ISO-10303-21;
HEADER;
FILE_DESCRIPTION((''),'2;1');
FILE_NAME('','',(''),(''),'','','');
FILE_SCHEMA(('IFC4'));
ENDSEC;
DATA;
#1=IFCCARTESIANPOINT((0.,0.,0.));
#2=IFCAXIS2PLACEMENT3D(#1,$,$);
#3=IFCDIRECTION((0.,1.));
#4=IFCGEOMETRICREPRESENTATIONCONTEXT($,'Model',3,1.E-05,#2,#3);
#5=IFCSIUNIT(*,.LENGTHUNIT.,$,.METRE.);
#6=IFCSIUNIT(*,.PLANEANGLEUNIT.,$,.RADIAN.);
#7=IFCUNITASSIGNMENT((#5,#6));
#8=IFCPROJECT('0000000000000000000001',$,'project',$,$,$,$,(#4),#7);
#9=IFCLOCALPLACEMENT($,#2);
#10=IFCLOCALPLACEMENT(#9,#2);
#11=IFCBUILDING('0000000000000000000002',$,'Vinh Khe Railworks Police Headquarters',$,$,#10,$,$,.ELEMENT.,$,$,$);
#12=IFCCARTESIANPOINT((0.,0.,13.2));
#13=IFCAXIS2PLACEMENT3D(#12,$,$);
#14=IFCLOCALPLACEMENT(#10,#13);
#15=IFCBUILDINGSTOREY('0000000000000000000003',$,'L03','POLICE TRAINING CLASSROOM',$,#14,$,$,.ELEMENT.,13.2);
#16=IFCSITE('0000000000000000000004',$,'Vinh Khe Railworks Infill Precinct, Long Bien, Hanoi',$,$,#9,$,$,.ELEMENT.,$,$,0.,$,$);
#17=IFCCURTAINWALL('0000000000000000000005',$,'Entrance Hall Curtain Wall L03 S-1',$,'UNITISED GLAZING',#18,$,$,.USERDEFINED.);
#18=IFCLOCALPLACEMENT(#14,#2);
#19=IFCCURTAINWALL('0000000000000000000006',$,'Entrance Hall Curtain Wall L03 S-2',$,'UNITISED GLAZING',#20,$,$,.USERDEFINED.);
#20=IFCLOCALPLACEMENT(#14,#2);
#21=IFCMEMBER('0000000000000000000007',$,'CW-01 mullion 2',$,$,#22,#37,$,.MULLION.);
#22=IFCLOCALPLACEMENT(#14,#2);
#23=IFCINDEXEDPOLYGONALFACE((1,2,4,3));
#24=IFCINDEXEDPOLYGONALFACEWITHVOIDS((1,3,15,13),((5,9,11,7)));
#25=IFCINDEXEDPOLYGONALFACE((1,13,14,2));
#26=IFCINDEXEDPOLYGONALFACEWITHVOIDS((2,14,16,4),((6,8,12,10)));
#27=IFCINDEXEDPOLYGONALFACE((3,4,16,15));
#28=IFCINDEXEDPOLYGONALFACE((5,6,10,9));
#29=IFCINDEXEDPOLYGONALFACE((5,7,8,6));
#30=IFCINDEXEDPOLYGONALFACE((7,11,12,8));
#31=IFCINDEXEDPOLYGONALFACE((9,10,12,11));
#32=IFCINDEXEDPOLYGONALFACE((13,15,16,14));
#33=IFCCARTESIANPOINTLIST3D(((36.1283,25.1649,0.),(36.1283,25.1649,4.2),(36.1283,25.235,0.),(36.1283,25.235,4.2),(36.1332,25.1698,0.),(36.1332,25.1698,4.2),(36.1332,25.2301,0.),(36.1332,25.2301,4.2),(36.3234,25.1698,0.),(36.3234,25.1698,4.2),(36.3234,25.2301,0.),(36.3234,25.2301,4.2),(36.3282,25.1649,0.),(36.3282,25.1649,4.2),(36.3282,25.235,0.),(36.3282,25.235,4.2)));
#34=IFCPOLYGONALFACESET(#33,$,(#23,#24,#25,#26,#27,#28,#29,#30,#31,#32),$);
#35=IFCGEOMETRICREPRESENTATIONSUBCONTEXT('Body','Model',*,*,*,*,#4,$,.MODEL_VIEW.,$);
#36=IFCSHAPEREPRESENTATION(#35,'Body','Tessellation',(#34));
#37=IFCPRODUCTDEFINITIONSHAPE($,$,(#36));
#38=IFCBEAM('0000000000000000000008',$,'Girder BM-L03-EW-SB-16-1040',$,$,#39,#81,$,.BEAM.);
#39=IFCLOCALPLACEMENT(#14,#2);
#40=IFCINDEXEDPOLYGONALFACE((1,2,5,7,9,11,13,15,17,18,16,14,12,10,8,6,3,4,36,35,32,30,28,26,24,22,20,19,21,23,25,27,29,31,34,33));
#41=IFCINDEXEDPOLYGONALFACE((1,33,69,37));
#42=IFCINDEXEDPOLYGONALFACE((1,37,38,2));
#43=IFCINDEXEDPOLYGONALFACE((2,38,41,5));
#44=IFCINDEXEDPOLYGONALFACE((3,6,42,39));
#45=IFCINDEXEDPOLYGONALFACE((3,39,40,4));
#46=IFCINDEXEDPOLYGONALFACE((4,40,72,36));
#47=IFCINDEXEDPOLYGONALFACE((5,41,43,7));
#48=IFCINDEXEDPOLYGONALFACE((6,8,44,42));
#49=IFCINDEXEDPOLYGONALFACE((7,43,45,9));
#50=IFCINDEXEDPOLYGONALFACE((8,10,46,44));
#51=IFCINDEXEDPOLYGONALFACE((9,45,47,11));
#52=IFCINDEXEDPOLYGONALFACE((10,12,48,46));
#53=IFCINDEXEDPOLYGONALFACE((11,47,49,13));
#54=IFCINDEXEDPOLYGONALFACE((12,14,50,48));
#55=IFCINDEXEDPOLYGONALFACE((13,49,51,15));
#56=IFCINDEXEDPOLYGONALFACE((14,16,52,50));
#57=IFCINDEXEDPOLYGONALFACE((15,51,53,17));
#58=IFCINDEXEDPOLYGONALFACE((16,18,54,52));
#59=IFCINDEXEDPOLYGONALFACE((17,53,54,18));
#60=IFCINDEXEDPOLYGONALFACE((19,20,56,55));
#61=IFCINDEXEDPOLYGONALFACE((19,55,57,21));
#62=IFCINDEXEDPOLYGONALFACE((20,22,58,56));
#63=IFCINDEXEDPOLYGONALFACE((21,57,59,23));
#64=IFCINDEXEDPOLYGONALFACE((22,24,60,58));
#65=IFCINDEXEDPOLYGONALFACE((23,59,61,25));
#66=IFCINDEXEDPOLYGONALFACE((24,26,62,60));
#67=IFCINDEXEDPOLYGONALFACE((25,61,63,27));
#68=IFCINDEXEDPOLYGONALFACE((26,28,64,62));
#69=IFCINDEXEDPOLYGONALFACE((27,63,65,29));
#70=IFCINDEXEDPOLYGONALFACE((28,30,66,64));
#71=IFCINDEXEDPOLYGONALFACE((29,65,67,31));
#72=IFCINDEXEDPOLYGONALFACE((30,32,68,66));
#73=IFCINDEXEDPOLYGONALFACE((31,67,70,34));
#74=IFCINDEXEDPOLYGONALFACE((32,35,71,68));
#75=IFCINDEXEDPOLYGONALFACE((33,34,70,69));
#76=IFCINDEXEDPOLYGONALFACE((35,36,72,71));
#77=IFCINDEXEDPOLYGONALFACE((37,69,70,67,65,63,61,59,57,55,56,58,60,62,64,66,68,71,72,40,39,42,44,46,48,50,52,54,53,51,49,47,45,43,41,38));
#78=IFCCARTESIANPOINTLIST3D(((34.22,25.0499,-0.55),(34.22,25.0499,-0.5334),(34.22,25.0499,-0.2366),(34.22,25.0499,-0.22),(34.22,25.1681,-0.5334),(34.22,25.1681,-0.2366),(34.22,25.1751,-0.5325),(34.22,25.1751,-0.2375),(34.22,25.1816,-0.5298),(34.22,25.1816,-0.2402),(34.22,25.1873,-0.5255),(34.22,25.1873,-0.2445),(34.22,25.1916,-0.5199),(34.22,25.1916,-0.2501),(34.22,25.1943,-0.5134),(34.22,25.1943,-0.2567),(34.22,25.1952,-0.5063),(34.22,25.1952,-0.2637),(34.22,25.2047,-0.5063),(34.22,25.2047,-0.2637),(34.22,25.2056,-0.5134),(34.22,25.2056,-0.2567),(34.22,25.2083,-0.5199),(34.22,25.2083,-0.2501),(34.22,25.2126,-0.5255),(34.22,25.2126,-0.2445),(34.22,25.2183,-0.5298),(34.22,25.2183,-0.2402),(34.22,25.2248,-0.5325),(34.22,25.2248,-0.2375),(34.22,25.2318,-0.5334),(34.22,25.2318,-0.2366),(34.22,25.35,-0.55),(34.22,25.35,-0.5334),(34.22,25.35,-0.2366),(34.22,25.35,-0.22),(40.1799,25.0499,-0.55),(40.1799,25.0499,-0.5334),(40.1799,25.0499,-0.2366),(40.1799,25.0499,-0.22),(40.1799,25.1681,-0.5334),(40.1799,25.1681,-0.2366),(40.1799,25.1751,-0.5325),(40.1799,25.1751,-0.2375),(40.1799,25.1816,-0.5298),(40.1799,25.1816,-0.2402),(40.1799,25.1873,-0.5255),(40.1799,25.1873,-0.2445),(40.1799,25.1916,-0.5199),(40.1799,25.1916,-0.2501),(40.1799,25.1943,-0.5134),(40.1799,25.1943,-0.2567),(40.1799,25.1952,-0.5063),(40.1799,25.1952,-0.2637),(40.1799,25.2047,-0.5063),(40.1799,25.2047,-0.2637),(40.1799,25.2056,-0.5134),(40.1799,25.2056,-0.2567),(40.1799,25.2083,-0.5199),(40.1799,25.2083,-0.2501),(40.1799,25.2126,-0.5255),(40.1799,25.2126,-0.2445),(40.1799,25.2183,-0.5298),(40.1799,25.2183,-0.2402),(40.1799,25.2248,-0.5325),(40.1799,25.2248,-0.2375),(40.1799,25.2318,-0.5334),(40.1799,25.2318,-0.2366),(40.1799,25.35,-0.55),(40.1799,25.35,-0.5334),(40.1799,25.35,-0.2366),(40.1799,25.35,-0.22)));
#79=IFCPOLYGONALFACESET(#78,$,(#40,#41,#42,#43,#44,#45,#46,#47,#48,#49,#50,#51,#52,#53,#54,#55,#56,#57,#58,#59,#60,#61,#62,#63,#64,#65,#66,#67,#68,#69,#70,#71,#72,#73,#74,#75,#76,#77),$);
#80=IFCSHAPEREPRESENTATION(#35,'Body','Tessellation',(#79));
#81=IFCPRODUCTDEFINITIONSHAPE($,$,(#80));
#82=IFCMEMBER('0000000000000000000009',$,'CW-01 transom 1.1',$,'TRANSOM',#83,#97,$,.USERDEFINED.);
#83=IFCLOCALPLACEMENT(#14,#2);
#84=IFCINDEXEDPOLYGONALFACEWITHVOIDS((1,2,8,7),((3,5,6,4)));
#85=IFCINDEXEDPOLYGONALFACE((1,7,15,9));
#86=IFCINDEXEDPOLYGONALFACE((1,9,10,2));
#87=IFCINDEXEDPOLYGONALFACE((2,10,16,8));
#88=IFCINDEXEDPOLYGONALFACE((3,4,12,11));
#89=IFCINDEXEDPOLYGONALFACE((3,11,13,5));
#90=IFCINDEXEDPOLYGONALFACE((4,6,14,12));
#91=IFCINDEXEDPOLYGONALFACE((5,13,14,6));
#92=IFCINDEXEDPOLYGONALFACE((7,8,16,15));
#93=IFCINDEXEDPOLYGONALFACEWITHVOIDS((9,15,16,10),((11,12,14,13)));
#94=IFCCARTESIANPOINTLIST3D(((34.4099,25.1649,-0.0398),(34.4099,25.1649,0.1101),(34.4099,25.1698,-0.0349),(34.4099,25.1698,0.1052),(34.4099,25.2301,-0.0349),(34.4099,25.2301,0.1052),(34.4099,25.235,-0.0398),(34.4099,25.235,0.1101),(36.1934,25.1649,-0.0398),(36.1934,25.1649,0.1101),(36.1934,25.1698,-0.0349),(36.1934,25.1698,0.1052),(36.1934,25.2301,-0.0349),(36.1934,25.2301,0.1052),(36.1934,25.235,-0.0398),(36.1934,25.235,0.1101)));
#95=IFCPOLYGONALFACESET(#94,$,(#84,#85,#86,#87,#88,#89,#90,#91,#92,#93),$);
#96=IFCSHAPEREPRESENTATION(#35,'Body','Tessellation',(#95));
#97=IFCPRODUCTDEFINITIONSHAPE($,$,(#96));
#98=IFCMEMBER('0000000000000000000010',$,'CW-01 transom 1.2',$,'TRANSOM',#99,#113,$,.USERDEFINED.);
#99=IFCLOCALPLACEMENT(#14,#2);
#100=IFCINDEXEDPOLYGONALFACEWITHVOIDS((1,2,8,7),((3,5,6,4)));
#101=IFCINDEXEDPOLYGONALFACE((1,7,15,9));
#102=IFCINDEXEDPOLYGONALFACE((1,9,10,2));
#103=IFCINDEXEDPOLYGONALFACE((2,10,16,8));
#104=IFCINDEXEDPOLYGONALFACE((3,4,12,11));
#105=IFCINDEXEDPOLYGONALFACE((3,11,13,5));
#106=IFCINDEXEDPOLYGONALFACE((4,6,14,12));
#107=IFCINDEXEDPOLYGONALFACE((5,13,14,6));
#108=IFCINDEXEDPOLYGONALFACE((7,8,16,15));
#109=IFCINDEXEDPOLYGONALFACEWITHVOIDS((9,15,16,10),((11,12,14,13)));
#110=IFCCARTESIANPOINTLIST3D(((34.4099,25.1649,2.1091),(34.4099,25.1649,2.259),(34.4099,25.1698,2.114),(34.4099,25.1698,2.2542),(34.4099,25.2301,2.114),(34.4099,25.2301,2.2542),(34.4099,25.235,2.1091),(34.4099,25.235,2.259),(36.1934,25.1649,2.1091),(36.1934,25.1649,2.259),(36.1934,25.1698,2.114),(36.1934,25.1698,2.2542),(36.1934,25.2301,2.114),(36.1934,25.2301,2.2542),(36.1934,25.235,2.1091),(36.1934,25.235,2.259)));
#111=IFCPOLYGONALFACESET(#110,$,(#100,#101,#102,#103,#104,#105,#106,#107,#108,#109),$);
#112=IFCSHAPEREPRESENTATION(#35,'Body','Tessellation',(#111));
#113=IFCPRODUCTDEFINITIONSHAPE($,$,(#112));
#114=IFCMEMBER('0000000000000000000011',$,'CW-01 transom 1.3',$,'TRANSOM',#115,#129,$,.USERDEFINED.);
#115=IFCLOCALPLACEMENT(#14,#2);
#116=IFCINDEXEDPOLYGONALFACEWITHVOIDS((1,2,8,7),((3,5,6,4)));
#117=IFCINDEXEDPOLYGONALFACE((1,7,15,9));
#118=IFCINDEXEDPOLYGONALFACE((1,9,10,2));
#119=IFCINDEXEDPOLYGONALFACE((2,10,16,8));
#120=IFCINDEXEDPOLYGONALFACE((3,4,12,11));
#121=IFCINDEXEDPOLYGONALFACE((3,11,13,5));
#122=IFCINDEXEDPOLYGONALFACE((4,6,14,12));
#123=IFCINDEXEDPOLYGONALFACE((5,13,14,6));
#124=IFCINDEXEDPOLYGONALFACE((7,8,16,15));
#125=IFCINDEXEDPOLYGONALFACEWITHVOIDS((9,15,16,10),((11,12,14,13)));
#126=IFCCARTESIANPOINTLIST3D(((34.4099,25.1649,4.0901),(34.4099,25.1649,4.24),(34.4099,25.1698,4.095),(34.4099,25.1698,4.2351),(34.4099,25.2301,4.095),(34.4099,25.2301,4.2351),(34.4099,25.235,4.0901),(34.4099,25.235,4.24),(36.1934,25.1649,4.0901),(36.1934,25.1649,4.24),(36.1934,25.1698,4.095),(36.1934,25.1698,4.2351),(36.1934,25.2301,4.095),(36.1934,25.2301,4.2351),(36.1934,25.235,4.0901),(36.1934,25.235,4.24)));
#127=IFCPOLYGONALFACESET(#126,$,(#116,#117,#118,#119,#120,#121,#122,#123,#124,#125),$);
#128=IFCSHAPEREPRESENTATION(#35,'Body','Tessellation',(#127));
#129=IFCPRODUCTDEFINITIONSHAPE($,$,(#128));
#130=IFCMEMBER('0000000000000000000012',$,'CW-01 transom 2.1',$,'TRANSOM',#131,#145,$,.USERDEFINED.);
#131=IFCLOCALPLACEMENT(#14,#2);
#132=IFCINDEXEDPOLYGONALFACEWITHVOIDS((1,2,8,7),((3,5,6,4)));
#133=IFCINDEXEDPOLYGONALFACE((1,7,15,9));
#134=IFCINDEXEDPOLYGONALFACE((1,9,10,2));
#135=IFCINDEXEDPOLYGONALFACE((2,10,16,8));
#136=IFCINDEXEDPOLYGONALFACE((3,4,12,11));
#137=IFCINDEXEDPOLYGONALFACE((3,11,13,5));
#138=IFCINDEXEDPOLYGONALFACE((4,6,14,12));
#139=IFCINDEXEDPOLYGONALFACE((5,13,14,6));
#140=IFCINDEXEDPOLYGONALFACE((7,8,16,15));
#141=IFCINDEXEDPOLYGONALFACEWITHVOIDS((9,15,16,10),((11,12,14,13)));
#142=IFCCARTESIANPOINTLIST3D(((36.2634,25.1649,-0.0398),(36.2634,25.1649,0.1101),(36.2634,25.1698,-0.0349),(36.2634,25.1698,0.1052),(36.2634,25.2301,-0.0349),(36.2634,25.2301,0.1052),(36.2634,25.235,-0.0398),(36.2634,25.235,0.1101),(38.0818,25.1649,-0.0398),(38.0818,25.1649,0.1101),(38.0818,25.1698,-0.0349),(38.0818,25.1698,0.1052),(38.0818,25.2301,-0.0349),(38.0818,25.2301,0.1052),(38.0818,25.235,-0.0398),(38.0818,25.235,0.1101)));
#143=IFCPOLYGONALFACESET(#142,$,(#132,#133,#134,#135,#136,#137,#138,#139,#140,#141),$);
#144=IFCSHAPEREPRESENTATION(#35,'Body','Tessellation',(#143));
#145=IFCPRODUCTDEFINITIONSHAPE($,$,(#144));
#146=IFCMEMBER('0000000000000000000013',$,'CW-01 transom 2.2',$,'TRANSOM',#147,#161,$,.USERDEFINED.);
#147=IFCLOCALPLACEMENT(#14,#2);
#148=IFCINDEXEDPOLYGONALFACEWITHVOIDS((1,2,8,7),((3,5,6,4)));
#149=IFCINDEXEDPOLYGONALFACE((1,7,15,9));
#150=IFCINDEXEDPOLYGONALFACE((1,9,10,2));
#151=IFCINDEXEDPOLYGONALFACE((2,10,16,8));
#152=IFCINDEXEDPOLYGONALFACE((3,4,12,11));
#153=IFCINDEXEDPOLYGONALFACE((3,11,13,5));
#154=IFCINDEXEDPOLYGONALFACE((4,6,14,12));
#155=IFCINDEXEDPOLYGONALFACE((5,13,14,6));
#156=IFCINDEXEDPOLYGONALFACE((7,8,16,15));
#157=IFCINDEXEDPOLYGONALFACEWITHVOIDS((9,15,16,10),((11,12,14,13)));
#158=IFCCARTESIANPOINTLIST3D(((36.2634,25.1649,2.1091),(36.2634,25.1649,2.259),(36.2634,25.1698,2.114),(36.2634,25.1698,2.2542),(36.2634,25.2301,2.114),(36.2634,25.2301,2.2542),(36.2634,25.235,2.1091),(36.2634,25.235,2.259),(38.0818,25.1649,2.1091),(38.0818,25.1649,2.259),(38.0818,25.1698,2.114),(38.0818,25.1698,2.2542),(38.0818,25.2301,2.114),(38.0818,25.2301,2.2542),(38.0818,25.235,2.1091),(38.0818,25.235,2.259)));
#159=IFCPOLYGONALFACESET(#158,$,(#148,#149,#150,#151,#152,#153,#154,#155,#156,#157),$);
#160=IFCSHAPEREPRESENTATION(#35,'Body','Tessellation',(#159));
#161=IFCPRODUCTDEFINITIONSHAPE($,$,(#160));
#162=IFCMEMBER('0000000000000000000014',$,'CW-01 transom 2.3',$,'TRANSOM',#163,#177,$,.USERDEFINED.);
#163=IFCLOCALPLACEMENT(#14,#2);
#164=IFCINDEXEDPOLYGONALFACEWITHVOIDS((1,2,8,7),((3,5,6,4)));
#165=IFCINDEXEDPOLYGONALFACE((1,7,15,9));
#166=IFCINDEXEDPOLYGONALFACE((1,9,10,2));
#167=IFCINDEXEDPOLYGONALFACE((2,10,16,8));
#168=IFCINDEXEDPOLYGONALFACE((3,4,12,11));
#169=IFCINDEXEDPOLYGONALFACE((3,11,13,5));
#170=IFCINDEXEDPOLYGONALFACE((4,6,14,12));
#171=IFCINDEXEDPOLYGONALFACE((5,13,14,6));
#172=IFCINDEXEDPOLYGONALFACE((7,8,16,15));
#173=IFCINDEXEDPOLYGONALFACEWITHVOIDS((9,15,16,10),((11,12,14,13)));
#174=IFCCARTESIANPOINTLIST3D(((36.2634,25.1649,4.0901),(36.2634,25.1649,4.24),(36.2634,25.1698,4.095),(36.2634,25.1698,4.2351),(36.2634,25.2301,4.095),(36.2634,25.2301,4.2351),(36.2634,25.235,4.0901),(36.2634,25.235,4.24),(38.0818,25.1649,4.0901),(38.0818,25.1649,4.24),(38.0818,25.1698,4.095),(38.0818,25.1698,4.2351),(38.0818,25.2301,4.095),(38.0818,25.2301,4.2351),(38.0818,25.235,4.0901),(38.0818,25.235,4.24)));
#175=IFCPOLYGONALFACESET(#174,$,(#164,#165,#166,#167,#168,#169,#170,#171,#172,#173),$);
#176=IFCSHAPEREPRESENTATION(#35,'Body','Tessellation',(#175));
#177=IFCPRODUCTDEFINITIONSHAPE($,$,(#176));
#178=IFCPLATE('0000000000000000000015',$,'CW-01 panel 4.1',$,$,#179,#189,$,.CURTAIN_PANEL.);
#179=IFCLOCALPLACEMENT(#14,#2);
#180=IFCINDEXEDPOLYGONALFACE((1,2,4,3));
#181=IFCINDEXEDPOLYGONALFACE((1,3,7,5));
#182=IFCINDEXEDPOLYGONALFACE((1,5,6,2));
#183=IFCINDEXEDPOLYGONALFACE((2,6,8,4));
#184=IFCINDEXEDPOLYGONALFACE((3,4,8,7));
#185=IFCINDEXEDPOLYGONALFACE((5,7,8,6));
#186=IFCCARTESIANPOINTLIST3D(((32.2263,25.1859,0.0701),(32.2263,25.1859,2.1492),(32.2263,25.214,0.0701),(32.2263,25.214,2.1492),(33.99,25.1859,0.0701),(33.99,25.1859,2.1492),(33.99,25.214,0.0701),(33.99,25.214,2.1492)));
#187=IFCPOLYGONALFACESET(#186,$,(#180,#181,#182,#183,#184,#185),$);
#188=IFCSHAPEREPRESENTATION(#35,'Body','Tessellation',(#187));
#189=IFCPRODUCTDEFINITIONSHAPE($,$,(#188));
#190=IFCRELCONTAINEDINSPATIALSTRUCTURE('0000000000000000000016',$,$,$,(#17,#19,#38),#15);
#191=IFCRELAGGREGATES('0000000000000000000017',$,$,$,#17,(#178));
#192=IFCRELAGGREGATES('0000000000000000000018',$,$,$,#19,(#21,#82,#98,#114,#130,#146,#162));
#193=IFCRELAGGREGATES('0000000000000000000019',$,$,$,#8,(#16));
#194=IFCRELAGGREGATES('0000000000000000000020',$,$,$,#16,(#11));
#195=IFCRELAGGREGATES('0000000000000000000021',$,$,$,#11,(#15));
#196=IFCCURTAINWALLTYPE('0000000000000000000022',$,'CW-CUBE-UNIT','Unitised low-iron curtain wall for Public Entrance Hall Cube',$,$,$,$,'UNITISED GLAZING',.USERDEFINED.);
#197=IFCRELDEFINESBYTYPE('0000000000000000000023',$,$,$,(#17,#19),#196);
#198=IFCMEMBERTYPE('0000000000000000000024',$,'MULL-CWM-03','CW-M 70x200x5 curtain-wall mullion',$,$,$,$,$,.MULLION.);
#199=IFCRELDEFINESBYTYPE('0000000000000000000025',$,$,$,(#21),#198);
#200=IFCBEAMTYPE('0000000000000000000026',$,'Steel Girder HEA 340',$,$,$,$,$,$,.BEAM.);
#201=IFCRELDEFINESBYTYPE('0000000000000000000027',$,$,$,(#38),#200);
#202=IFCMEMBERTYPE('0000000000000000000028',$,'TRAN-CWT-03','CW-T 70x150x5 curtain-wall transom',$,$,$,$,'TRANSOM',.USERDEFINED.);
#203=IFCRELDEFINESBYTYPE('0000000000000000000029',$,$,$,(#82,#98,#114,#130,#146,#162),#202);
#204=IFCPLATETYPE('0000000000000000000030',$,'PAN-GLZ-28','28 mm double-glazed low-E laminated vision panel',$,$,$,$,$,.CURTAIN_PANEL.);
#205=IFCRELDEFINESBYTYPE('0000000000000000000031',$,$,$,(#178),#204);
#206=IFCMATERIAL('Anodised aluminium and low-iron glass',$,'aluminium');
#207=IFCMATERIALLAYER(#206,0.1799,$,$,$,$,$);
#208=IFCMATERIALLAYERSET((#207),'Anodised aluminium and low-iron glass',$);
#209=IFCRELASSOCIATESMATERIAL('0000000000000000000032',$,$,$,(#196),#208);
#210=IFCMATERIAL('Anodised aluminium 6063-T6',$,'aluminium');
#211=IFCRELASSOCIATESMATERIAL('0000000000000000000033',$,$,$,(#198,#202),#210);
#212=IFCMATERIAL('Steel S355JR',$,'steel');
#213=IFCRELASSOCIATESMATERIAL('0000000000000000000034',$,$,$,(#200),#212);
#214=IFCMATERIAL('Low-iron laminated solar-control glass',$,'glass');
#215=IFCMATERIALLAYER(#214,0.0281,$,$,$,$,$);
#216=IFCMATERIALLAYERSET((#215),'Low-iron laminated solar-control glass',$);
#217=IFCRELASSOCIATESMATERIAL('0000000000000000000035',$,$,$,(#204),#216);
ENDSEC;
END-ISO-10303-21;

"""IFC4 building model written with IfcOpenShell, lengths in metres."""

from ifc_helpers import new_model, si_unit, direction, frame, origin, origin_2d, place, context, subcontext, project, spatial, rectangle, hollow_rectangle, i_section, extrude, material, layer, layer_set, material_profile, profile_set, type_object, element, aggregate, save


model = new_model("IFC4")

# Units and contexts
model_context = context("Model", 3, precision=1e-05, world=origin(), true_north=direction((0.0, 1.0)))
body_context = subcontext(model_context, "Body", "Model", "MODEL_VIEW")
ifc_project = project(units=[si_unit("LENGTHUNIT", "METRE"), si_unit("PLANEANGLEUNIT", "RADIAN")], contexts=[model_context])

# Site, building, storey
site_placement = place(None, origin())
site = spatial("IfcSite", under=ifc_project, at=site_placement, Name="Vinh Khe Railworks Infill Precinct, Long Bien, Hanoi", CompositionType="ELEMENT", RefElevation=0.0)
building_placement = place(site_placement, origin())
building = spatial("IfcBuilding", under=site, at=building_placement, Name="Vinh Khe Railworks Police Headquarters", CompositionType="ELEMENT")
storey_placement = place(building_placement, frame((0.0, 0.0, 13.2)))
storey = spatial("IfcBuildingStorey", under=building, at=storey_placement, Name="L03", Description="POLICE TRAINING CLASSROOM", CompositionType="ELEMENT", Elevation=13.2)

# Shared definitions
ifc_material_1 = material(Name="Steel S355JR", Category="steel")

# Curtain wall
ifc_material_2 = material(Name="Anodised aluminium and low-iron glass", Category="aluminium")
ifc_layer_1 = layer(ifc_material_2, 0.1799)
ifc_layer_set_1 = layer_set([ifc_layer_1], Name="Anodised aluminium and low-iron glass")
curtain_wall_type = type_object("IfcCurtainWallType", Name="CW-CUBE-UNIT", Description="Unitised low-iron curtain wall for Public Entrance Hall Cube", ElementType="UNITISED GLAZING", PredefinedType="USERDEFINED", material=ifc_layer_set_1)
curtain_wall_1_placement = place(storey_placement, origin())
curtain_wall_1 = element("IfcCurtainWall", 1, at=curtain_wall_1_placement, inside=storey, type_object=curtain_wall_type, Name="Entrance Hall Curtain Wall L03 S-1", ObjectType="UNITISED GLAZING", PredefinedType="USERDEFINED")
ifc_material_3 = material(Name="Anodised aluminium 6063-T6", Category="aluminium")
ifc_material_profile_1 = material_profile(ifc_material_3, hollow_rectangle(XDim=0.0701, YDim=0.2, WallThickness=0.0049, at=origin_2d()), Name="CW-M 70x200x5")
ifc_profile_set_1 = profile_set([ifc_material_profile_1], Name="Anodised aluminium 6063-T6")
member_type_1 = type_object("IfcMemberType", Name="MULL-CWM-03", Description="CW-M 70x200x5 curtain-wall mullion", PredefinedType="MULLION", material=ifc_profile_set_1)

# Curtain wall, member
curtain_wall_2_placement = place(storey_placement, origin())
curtain_wall_2 = element("IfcCurtainWall", 2, at=curtain_wall_2_placement, inside=storey, type_object=curtain_wall_type, Name="Entrance Hall Curtain Wall L03 S-2", ObjectType="UNITISED GLAZING", PredefinedType="USERDEFINED")
member_1_placement = place(storey_placement, frame((36.2283, 25.2, 0.0), z_axis=(0.0, 0.0, 1.0), x_axis=(0.0, 1.0, 0.0)))
member_1 = element("IfcMember", 3, at=member_1_placement, type_object=member_type_1, Name="CW-01 mullion 2", PredefinedType="MULLION", context=body_context, shape_type="SweptSolid", body=[
    extrude(hollow_rectangle(XDim=0.0701, YDim=0.2, WallThickness=0.0049, at=origin_2d()), origin(), (0.0, 0.0, 1.0), 4.2),
])

# Beam
ifc_material_profile_2 = material_profile(ifc_material_1, i_section(OverallWidth=0.3, OverallDepth=0.3301, WebThickness=0.0095, FlangeThickness=0.0166, FilletRadius=0.0271, at=origin_2d()), Name="HEA 340")
ifc_profile_set_2 = profile_set([ifc_material_profile_2], Name="Steel S355JR")
beam_type = type_object("IfcBeamType", Name="Steel Girder HEA 340", PredefinedType="BEAM", material=ifc_profile_set_2)
beam_placement = place(storey_placement, frame((34.22, 25.2, -0.385), z_axis=(1.0, 0.0, 0.0), x_axis=(0.0, 1.0, 0.0)))
element("IfcBeam", 4, at=beam_placement, inside=storey, type_object=beam_type, Name="Girder BM-L03-EW-SB-16-1040", PredefinedType="BEAM", context=body_context, shape_type="SweptSolid", body=[
    extrude(i_section(OverallWidth=0.3, OverallDepth=0.3301, WebThickness=0.0095, FlangeThickness=0.0166, FilletRadius=0.0271, at=origin_2d()), origin(), (0.0, 0.0, 1.0), 5.96),
])

# Members
ifc_material_profile_3 = material_profile(ifc_material_3, hollow_rectangle(XDim=0.0701, YDim=0.1499, WallThickness=0.0049, at=origin_2d()), Name="CW-T 70x150x5")
ifc_profile_set_3 = profile_set([ifc_material_profile_3], Name="Anodised aluminium 6063-T6")
member_type_2 = type_object("IfcMemberType", Name="TRAN-CWT-03", Description="CW-T 70x150x5 curtain-wall transom", ElementType="TRANSOM", PredefinedType="USERDEFINED", material=ifc_profile_set_3)
member_2_placement = place(storey_placement, frame((34.4099, 25.2, 0.0352), z_axis=(1.0, 0.0, 0.0), x_axis=(0.0, 1.0, 0.0)))
member_2 = element("IfcMember", 5, at=member_2_placement, type_object=member_type_2, Name="CW-01 transom 1.1", ObjectType="TRANSOM", PredefinedType="USERDEFINED", context=body_context, shape_type="SweptSolid", body=[
    extrude(hollow_rectangle(XDim=0.0701, YDim=0.1499, WallThickness=0.0049, at=origin_2d()), origin(), (0.0, 0.0, 1.0), 1.7834),
])
member_3_placement = place(storey_placement, frame((34.4099, 25.2, 2.1841), z_axis=(1.0, 0.0, 0.0), x_axis=(0.0, 1.0, 0.0)))
member_3 = element("IfcMember", 6, at=member_3_placement, type_object=member_type_2, Name="CW-01 transom 1.2", ObjectType="TRANSOM", PredefinedType="USERDEFINED", context=body_context, shape_type="SweptSolid", body=[
    extrude(hollow_rectangle(XDim=0.0701, YDim=0.1499, WallThickness=0.0049, at=origin_2d()), origin(), (0.0, 0.0, 1.0), 1.7834),
])
member_4_placement = place(storey_placement, frame((34.4099, 25.2, 4.165), z_axis=(1.0, 0.0, 0.0), x_axis=(0.0, 1.0, 0.0)))
member_4 = element("IfcMember", 7, at=member_4_placement, type_object=member_type_2, Name="CW-01 transom 1.3", ObjectType="TRANSOM", PredefinedType="USERDEFINED", context=body_context, shape_type="SweptSolid", body=[
    extrude(hollow_rectangle(XDim=0.0701, YDim=0.1499, WallThickness=0.0049, at=origin_2d()), origin(), (0.0, 0.0, 1.0), 1.7834),
])
member_5_placement = place(storey_placement, frame((36.2634, 25.2, 0.0352), z_axis=(1.0, 0.0, 0.0), x_axis=(0.0, 1.0, 0.0)))
member_5 = element("IfcMember", 8, at=member_5_placement, type_object=member_type_2, Name="CW-01 transom 2.1", ObjectType="TRANSOM", PredefinedType="USERDEFINED", context=body_context, shape_type="SweptSolid", body=[
    extrude(hollow_rectangle(XDim=0.0701, YDim=0.1499, WallThickness=0.0049, at=origin_2d()), origin(), (0.0, 0.0, 1.0), 1.8184),
])
member_6_placement = place(storey_placement, frame((36.2634, 25.2, 2.1841), z_axis=(1.0, 0.0, 0.0), x_axis=(0.0, 1.0, 0.0)))
member_6 = element("IfcMember", 9, at=member_6_placement, type_object=member_type_2, Name="CW-01 transom 2.2", ObjectType="TRANSOM", PredefinedType="USERDEFINED", context=body_context, shape_type="SweptSolid", body=[
    extrude(hollow_rectangle(XDim=0.0701, YDim=0.1499, WallThickness=0.0049, at=origin_2d()), origin(), (0.0, 0.0, 1.0), 1.8184),
])
member_7_placement = place(storey_placement, frame((36.2634, 25.2, 4.165), z_axis=(1.0, 0.0, 0.0), x_axis=(0.0, 1.0, 0.0)))
member_7 = element("IfcMember", 10, at=member_7_placement, type_object=member_type_2, Name="CW-01 transom 2.3", ObjectType="TRANSOM", PredefinedType="USERDEFINED", context=body_context, shape_type="SweptSolid", body=[
    extrude(hollow_rectangle(XDim=0.0701, YDim=0.1499, WallThickness=0.0049, at=origin_2d()), origin(), (0.0, 0.0, 1.0), 1.8184),
])

# Plate
ifc_material_4 = material(Name="Low-iron laminated solar-control glass", Category="glass")
ifc_layer_2 = layer(ifc_material_4, 0.0281)
ifc_layer_set_2 = layer_set([ifc_layer_2], Name="Low-iron laminated solar-control glass")
plate_type = type_object("IfcPlateType", Name="PAN-GLZ-28", Description="28 mm double-glazed low-E laminated vision panel", PredefinedType="CURTAIN_PANEL", material=ifc_layer_set_2)
plate_1_placement = place(storey_placement, frame((33.1082, 25.2, 0.0701), z_axis=(0.0, 0.0, 1.0), x_axis=(1.0, 0.0, 0.0)))
plate_1 = element("IfcPlate", 11, at=plate_1_placement, type_object=plate_type, Name="CW-01 panel 4.1", PredefinedType="CURTAIN_PANEL", context=body_context, shape_type="SweptSolid", body=[
    extrude(rectangle(XDim=1.7637, YDim=0.0281, at=origin_2d()), origin(), (0.0, 0.0, 1.0), 2.0791),
])
aggregate(curtain_wall_1, [plate_1])
aggregate(curtain_wall_2, [member_1, member_2, member_3, member_4, member_5, member_6, member_7])

save(model, "model.ifc")
